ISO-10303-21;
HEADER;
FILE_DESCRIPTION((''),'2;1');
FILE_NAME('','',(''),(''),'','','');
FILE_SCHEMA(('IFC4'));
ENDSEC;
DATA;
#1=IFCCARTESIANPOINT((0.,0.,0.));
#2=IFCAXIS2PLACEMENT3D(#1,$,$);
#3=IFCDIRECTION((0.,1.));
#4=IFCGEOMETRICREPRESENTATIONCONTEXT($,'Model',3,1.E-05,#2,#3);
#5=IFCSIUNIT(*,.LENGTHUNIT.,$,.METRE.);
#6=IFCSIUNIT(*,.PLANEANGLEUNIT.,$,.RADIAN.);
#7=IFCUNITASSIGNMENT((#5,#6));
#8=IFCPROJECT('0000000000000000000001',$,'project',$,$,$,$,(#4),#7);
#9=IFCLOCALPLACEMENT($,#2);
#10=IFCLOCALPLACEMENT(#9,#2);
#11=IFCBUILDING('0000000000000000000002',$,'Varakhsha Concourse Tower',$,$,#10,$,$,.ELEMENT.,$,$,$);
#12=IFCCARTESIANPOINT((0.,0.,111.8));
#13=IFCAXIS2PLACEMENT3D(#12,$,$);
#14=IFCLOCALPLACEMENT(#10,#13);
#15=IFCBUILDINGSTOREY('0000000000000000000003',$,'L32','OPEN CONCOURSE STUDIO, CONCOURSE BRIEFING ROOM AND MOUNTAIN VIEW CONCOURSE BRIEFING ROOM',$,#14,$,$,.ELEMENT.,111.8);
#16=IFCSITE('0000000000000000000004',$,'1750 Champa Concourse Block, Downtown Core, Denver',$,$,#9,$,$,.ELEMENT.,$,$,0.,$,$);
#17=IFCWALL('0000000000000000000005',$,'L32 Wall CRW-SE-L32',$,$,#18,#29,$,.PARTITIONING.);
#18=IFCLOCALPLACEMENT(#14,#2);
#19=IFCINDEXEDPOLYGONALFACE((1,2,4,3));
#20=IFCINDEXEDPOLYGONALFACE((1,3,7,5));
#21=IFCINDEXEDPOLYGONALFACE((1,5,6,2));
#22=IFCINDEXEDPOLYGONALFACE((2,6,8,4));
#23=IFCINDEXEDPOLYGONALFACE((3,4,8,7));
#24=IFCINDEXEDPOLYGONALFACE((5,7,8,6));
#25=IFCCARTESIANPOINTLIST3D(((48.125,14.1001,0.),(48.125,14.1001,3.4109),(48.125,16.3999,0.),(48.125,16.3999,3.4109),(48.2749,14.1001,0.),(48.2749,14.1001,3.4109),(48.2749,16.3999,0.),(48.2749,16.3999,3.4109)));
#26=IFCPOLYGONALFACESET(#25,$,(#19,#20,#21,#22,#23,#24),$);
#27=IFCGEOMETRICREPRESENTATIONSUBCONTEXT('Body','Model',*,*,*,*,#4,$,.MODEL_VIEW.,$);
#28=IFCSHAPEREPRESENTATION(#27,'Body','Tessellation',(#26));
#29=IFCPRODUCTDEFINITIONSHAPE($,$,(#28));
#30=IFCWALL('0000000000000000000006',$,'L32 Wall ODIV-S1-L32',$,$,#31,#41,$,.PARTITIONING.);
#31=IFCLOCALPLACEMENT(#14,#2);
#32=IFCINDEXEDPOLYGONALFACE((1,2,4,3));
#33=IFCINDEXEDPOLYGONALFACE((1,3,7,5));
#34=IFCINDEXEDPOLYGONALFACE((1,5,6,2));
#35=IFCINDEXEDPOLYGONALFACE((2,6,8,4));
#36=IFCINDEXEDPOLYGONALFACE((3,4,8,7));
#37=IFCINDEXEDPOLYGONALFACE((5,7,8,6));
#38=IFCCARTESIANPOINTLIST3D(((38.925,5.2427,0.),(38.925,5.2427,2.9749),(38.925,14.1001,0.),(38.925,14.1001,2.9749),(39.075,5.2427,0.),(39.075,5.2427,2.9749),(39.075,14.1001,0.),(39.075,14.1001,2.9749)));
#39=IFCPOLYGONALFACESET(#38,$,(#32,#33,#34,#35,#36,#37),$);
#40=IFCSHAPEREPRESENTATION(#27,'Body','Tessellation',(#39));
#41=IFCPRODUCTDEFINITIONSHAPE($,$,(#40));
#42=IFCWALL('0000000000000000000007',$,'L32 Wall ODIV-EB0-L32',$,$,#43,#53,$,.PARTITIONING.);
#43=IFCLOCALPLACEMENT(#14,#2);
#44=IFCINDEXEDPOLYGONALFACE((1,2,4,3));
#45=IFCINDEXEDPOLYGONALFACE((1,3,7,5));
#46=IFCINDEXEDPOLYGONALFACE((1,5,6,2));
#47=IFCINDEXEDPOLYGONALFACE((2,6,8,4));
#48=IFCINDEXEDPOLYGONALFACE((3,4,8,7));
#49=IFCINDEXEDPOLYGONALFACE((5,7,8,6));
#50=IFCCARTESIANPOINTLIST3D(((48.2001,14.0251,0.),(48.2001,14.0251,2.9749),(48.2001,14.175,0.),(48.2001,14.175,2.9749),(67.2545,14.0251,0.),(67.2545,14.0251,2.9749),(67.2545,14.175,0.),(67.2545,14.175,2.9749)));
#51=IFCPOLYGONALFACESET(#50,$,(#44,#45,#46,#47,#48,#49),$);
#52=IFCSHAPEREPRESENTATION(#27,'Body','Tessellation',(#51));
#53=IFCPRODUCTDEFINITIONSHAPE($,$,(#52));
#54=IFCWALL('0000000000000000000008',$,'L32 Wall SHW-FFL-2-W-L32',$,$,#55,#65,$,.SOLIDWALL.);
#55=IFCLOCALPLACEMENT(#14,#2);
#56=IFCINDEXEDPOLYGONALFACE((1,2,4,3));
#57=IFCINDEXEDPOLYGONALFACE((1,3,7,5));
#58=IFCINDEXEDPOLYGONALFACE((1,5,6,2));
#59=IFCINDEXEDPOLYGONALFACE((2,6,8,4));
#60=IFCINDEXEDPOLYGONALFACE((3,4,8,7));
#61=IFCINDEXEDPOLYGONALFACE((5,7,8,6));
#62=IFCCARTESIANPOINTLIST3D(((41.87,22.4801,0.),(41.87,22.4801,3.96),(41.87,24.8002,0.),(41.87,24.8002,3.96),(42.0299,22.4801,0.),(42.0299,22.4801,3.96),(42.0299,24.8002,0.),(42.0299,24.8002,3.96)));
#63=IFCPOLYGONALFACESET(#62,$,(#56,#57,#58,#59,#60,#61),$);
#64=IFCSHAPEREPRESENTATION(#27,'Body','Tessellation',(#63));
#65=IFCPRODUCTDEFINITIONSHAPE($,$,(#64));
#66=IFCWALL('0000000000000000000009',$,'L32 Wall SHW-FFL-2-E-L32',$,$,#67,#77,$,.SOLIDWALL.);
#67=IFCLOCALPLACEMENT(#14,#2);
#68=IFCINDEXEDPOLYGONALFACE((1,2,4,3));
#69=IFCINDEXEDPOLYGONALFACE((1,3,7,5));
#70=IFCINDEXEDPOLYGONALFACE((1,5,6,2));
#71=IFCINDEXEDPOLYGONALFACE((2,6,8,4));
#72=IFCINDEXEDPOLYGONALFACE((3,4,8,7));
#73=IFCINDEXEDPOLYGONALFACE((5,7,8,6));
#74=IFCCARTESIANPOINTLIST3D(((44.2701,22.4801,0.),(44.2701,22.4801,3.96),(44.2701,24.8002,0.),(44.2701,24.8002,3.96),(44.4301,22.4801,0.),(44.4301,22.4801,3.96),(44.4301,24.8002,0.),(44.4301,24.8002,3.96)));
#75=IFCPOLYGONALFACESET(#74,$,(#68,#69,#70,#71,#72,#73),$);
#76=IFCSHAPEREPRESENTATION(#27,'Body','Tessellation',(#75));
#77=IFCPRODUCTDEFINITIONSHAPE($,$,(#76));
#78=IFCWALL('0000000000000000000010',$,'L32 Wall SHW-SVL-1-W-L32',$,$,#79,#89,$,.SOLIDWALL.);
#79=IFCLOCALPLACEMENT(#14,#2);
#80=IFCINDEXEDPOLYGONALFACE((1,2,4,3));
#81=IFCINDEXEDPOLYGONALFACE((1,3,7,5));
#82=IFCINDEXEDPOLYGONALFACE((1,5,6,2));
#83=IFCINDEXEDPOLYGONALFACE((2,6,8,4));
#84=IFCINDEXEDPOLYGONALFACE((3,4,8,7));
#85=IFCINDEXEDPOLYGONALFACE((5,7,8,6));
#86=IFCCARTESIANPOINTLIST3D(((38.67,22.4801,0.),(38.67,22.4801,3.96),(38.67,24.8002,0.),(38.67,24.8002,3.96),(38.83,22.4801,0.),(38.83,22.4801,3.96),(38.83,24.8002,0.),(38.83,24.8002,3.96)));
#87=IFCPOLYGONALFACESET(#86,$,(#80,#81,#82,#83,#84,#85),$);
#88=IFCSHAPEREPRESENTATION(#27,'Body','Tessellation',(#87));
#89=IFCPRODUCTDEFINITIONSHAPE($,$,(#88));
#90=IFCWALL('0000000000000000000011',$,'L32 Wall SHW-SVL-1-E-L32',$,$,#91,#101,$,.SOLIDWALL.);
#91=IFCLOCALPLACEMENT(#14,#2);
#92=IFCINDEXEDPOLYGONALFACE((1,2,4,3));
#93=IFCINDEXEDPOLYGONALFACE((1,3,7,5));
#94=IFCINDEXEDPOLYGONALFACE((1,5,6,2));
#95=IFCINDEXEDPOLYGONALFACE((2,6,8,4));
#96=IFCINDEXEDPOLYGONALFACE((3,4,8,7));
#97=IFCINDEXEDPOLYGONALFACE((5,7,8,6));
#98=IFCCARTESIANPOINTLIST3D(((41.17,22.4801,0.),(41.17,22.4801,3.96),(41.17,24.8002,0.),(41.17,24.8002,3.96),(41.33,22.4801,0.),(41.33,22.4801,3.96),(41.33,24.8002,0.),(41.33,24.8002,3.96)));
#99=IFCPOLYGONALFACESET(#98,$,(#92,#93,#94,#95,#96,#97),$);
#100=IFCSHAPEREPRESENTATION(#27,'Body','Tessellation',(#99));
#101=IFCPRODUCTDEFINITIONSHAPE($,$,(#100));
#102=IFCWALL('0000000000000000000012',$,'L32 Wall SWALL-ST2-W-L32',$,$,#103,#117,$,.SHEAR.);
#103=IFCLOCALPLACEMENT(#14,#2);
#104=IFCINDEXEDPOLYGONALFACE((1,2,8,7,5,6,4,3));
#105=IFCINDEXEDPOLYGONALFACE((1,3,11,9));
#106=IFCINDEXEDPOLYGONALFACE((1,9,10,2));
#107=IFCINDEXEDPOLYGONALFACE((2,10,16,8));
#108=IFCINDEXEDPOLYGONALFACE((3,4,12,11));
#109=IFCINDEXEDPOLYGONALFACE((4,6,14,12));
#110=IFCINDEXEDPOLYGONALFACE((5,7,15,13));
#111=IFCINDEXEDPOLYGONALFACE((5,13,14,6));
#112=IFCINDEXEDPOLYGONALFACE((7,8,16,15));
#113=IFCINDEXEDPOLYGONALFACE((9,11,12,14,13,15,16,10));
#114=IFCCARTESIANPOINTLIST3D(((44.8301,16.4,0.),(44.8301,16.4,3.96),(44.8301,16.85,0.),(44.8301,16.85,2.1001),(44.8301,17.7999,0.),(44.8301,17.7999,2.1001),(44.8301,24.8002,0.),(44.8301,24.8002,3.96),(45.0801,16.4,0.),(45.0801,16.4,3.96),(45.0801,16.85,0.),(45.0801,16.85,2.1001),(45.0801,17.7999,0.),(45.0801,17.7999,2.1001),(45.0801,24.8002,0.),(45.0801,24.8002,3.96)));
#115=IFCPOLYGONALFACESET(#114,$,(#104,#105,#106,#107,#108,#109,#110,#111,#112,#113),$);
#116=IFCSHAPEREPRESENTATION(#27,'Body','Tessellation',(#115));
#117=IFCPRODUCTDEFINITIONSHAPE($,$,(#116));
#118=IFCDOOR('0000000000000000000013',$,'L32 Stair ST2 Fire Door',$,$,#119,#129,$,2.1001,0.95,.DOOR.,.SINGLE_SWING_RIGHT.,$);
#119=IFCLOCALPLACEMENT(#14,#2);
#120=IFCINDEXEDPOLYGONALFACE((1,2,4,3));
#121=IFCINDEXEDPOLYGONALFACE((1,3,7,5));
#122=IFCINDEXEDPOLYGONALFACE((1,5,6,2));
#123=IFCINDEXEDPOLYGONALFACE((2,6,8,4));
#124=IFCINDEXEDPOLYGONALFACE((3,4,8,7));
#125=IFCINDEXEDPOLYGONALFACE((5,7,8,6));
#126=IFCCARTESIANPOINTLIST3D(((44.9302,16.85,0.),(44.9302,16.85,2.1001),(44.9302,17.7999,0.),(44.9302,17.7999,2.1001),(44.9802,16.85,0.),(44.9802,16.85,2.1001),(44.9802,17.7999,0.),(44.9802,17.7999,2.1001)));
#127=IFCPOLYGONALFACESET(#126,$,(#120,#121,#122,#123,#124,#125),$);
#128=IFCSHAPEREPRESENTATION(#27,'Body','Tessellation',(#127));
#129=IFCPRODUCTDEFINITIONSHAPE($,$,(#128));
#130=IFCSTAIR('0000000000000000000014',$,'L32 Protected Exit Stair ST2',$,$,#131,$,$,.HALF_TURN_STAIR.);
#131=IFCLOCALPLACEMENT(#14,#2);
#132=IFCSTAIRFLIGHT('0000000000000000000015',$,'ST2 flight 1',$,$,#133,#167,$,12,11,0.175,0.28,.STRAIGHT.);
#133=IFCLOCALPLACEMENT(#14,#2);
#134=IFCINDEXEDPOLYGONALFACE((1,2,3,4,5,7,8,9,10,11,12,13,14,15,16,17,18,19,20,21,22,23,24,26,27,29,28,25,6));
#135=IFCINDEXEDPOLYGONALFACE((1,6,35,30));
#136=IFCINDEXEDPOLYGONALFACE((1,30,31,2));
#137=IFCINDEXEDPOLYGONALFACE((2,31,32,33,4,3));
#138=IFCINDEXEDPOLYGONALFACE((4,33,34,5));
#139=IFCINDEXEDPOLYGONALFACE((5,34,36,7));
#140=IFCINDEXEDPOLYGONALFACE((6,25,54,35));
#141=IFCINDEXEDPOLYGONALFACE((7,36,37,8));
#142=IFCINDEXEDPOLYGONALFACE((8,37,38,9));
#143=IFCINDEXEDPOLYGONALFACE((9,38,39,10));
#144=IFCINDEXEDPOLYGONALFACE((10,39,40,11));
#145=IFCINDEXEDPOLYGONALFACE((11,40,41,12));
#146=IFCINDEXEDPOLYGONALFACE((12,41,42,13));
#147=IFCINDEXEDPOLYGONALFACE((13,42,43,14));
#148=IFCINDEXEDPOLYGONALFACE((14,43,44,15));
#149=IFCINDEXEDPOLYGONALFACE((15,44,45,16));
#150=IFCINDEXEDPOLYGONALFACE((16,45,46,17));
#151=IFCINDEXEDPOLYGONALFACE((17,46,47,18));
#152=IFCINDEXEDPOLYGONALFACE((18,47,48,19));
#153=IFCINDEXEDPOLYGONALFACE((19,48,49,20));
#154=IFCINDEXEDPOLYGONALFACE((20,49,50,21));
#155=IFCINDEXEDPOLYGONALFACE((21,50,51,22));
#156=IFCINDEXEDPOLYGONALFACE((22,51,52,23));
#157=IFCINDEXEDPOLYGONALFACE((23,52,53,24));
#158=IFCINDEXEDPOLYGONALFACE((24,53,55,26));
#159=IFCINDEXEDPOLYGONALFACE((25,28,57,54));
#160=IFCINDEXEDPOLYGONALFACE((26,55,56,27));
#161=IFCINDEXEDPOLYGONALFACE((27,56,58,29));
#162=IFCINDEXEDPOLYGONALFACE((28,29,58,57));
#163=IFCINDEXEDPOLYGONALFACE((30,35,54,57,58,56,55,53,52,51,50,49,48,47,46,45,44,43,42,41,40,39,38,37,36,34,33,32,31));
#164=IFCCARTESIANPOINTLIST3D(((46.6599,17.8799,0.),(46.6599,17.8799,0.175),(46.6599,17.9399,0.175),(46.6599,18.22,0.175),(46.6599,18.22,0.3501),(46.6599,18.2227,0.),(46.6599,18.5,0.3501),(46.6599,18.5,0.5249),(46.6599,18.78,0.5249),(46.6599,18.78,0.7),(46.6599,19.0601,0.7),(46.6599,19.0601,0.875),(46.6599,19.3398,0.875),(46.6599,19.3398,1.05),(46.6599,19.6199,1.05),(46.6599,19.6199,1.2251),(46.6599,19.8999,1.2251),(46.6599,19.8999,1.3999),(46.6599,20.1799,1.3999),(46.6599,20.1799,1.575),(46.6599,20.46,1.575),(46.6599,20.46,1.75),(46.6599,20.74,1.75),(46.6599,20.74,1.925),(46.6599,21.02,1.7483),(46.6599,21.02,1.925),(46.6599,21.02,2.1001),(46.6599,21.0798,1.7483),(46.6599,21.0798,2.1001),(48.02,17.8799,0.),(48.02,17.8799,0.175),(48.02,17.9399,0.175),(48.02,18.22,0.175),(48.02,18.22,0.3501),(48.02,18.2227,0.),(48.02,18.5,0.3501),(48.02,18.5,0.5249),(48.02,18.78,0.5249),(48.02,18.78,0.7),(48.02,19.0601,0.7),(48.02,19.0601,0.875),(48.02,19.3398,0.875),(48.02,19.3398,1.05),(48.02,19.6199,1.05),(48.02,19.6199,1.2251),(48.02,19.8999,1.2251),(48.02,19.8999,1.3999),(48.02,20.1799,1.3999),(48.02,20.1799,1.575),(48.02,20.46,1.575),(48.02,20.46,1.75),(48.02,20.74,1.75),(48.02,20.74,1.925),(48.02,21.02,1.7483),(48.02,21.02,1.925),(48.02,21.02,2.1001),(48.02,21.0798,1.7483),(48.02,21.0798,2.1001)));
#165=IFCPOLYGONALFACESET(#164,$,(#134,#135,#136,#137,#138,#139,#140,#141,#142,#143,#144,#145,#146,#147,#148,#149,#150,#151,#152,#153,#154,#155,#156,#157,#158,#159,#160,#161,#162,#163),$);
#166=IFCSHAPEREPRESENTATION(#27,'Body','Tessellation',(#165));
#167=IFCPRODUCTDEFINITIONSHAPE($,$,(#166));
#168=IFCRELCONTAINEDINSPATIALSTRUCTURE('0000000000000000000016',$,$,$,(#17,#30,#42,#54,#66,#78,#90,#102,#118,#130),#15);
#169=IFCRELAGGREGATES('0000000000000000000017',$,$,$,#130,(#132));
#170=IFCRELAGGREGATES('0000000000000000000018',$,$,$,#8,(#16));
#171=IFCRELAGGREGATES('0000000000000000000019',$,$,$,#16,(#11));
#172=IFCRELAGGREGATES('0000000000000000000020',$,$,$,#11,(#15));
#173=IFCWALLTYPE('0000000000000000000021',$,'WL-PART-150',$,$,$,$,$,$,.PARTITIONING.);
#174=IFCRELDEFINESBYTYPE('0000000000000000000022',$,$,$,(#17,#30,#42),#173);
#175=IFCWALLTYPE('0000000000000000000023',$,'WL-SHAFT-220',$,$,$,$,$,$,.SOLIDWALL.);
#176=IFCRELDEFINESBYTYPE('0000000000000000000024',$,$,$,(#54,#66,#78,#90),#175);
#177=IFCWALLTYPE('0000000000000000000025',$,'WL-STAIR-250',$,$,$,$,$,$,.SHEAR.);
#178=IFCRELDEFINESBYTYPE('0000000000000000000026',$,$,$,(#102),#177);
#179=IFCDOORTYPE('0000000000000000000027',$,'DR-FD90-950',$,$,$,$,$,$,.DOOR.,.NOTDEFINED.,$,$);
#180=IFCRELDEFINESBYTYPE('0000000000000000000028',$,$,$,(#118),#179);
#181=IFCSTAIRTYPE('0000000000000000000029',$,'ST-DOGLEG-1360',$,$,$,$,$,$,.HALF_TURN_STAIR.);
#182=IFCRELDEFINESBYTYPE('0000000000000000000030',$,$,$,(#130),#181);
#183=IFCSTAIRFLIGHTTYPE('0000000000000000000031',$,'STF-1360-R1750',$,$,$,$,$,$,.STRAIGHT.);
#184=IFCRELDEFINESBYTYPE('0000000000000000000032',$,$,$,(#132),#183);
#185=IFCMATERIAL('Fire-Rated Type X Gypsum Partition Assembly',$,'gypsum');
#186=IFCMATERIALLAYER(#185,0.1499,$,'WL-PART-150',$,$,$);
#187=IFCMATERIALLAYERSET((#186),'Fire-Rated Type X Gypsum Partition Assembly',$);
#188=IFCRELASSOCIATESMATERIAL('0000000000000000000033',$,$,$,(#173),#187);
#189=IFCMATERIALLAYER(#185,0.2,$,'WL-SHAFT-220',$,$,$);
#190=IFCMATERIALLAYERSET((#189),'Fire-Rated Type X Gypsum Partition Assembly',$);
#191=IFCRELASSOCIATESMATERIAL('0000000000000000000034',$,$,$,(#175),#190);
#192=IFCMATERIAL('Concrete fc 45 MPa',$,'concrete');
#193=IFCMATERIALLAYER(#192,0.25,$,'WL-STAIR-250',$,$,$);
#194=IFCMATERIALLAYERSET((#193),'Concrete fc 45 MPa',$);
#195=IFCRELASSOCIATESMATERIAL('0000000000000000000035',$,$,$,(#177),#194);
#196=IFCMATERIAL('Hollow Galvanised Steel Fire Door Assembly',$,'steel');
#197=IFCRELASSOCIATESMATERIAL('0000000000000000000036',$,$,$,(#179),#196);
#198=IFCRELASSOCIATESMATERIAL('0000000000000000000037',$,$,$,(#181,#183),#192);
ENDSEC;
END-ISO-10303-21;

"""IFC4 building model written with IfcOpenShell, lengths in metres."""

from ifc_helpers import new_model, si_unit, direction, frame, frame_2d, origin, place, context, subcontext, project, spatial, polyline, rectangle, outline, extrude, material, layer, layer_set, type_object, element, fill, aggregate, save


model = new_model("IFC4")

# Units and contexts
model_context = context("Model", 3, precision=1e-05, world=origin(), true_north=direction((0.0, 1.0)))
body_context = subcontext(model_context, "Body", "Model", "MODEL_VIEW")
ifc_project = project(units=[si_unit("LENGTHUNIT", "METRE"), si_unit("PLANEANGLEUNIT", "RADIAN")], contexts=[model_context])

# Site, building, storey
site_placement = place(None, origin())
site = spatial("IfcSite", under=ifc_project, at=site_placement, Name="1750 Champa Concourse Block, Downtown Core, Denver", CompositionType="ELEMENT", RefElevation=0.0)
building_placement = place(site_placement, origin())
building = spatial("IfcBuilding", under=site, at=building_placement, Name="Varakhsha Concourse Tower", CompositionType="ELEMENT")
storey_placement = place(building_placement, frame((0.0, 0.0, 111.8)))
storey = spatial("IfcBuildingStorey", under=building, at=storey_placement, Name="L32", Description="OPEN CONCOURSE STUDIO, CONCOURSE BRIEFING ROOM AND MOUNTAIN VIEW CONCOURSE BRIEFING ROOM", CompositionType="ELEMENT", Elevation=111.8)

# Shared definitions
ifc_material_1 = material(Name="Fire-Rated Type X Gypsum Partition Assembly", Category="gypsum")
ifc_material_2 = material(Name="Hollow Galvanised Steel Fire Door Assembly", Category="steel")

# Walls
ifc_layer_1 = layer(ifc_material_1, 0.1499, Name="WL-PART-150")
ifc_layer_set_1 = layer_set([ifc_layer_1], Name="Fire-Rated Type X Gypsum Partition Assembly")
wall_type_1 = type_object("IfcWallType", Name="WL-PART-150", PredefinedType="PARTITIONING", material=ifc_layer_set_1)
wall_1_placement = place(storey_placement, frame((48.2, 14.1001, 0.0), z_axis=(0.0, 0.0, 1.0), x_axis=(0.0, 1.0, 0.0)))
element("IfcWall", 1, at=wall_1_placement, inside=storey, type_object=wall_type_1, Name="L32 Wall CRW-SE-L32", PredefinedType="PARTITIONING", context=body_context, shape_type="SweptSolid", body=[
    extrude(rectangle(XDim=2.2998, YDim=0.1499, at=frame_2d((1.1499, 0.0))), origin(), (0.0, 0.0, 1.0), 3.4109),
])
wall_2_placement = place(storey_placement, frame((39.0, 5.2427, 0.0), z_axis=(0.0, 0.0, 1.0), x_axis=(0.0, 1.0, 0.0)))
element("IfcWall", 2, at=wall_2_placement, inside=storey, type_object=wall_type_1, Name="L32 Wall ODIV-S1-L32", PredefinedType="PARTITIONING", context=body_context, shape_type="SweptSolid", body=[
    extrude(rectangle(XDim=8.8574, YDim=0.1499, at=frame_2d((4.4287, 0.0))), origin(), (0.0, 0.0, 1.0), 2.9749),
])
wall_3_placement = place(storey_placement, frame((48.2, 14.1001, 0.0), z_axis=(0.0, 0.0, 1.0), x_axis=(1.0, 0.0, 0.0)))
element("IfcWall", 3, at=wall_3_placement, inside=storey, type_object=wall_type_1, Name="L32 Wall ODIV-EB0-L32", PredefinedType="PARTITIONING", context=body_context, shape_type="SweptSolid", body=[
    extrude(rectangle(XDim=19.0544, YDim=0.1499, at=frame_2d((9.5273, 0.0))), origin(), (0.0, 0.0, 1.0), 2.9749),
])
ifc_layer_2 = layer(ifc_material_1, 0.2, Name="WL-SHAFT-220")
ifc_layer_set_2 = layer_set([ifc_layer_2], Name="Fire-Rated Type X Gypsum Partition Assembly")
wall_type_2 = type_object("IfcWallType", Name="WL-SHAFT-220", PredefinedType="SOLIDWALL", material=ifc_layer_set_2)
for number, where, z_axis, x_axis, name in (
    (4, (41.95, 22.48, 0.0), (0.0, 0.0, 1.0), (0.0, 1.0, 0.0), "L32 Wall SHW-FFL-2-W-L32"),
    (5, (44.3501, 22.48, 0.0), (0.0, 0.0, 1.0), (0.0, 1.0, 0.0), "L32 Wall SHW-FFL-2-E-L32"),
    (6, (38.75, 22.48, 0.0), (0.0, 0.0, 1.0), (0.0, 1.0, 0.0), "L32 Wall SHW-SVL-1-W-L32"),
    (7, (41.25, 22.48, 0.0), (0.0, 0.0, 1.0), (0.0, 1.0, 0.0), "L32 Wall SHW-SVL-1-E-L32"),
):
    element("IfcWall", number, at=place(storey_placement, frame(where, z_axis=z_axis, x_axis=x_axis)), inside=storey, type_object=wall_type_2, Name=name, PredefinedType="SOLIDWALL", context=body_context, shape_type="SweptSolid", body=[
        extrude(rectangle(XDim=2.3201, YDim=0.1599, at=frame_2d((1.1602, 0.0))), origin(), (0.0, 0.0, 1.0), 3.96),
    ])

# Wall, opening, door
ifc_material_3 = material(Name="Concrete fc 45 MPa", Category="concrete")
ifc_layer_3 = layer(ifc_material_3, 0.25, Name="WL-STAIR-250")
ifc_layer_set_3 = layer_set([ifc_layer_3], Name="Concrete fc 45 MPa")
wall_type_3 = type_object("IfcWallType", Name="WL-STAIR-250", PredefinedType="SHEAR", material=ifc_layer_set_3)
wall_4_placement = place(storey_placement, frame((44.9551, 16.3999, 0.0), z_axis=(0.0, 0.0, 1.0), x_axis=(0.0, 1.0, 0.0)))
wall_4 = element("IfcWall", 8, at=wall_4_placement, inside=storey, type_object=wall_type_3, Name="L32 Wall SWALL-ST2-W-L32", PredefinedType="SHEAR", context=body_context, shape_type="SweptSolid", body=[
    extrude(rectangle(XDim=8.4001, YDim=0.25, at=frame_2d((4.2002, 0.0))), origin(), (0.0, 0.0, 1.0), 3.96),
])
opening_1_placement = place(wall_4_placement, frame((0.45, 0.0, 0.0)))
opening_1 = element("IfcOpeningElement", 9, at=opening_1_placement, cuts=wall_4, PredefinedType="OPENING", context=body_context, shape_type="SweptSolid", body=[
    extrude(rectangle(XDim=0.95, YDim=2.1001, at=frame_2d((0.4751, 1.05))), frame((0.0, 0.135, 0.0), z_axis=(0.0, -1.0, 0.0), x_axis=(1.0, 0.0, 0.0)), (0.0, 0.0, 1.0), 0.27),
])
door_type_1 = type_object("IfcDoorType", Name="DR-FD90-950", OperationType="NOTDEFINED", PredefinedType="DOOR", material=ifc_material_2)
door_1_placement = place(opening_1_placement, origin())
door_1 = element("IfcDoor", 10, at=door_1_placement, inside=storey, type_object=door_type_1, Name="L32 Stair ST2 Fire Door", OperationType="SINGLE_SWING_RIGHT", OverallHeight=2.1001, OverallWidth=0.95, PredefinedType="DOOR", context=body_context, shape_type="SweptSolid", body=[
    extrude(rectangle(XDim=0.95, YDim=2.1001, at=frame_2d((0.4751, 1.05))), frame((0.0, 0.0249, 0.0), z_axis=(0.0, -1.0, 0.0), x_axis=(1.0, 0.0, 0.0)), (0.0, 0.0, 1.0), 0.05),
])
fill(opening_1, door_1)

# Stair, stair flight
stair_type = type_object("IfcStairType", Name="ST-DOGLEG-1360", PredefinedType="HALF_TURN_STAIR", material=ifc_material_3)
stair_placement = place(storey_placement, origin())
stair = element("IfcStair", 11, at=stair_placement, inside=storey, type_object=stair_type, Name="L32 Protected Exit Stair ST2", PredefinedType="HALF_TURN_STAIR")
stair_flight_type = type_object("IfcStairFlightType", Name="STF-1360-R1750", PredefinedType="STRAIGHT", material=ifc_material_3)
stair_flight_1_placement = place(storey_placement, frame((47.3401, 17.9399, 0.0), z_axis=(0.0, 0.0, 1.0), x_axis=(0.0, 1.0, 0.0)))
stair_flight_1 = element("IfcStairFlight", 12, at=stair_flight_1_placement, type_object=stair_flight_type, Name="ST2 flight 1", NumberOfRisers=12, NumberOfTreads=11, PredefinedType="STRAIGHT", RiserHeight=0.175, TreadLength=0.28, context=body_context, shape_type="SweptSolid", body=[
    extrude(outline(polyline([(-0.0601, 0.0), (-0.0601, 0.175), (0.0, 0.175), (0.28, 0.175), (0.28, 0.3501), (0.5601, 0.3501), (0.5601, 0.5249), (0.8401, 0.5249), (0.8401, 0.7), (1.1201, 0.7), (1.1201, 0.875), (1.3999, 0.875), (1.3999, 1.05), (1.6799, 1.05), (1.6799, 1.2251), (1.96, 1.2251), (1.96, 1.3999), (2.24, 1.3999), (2.24, 1.575), (2.52, 1.575), (2.52, 1.75), (2.8, 1.75), (2.8, 1.925), (3.0801, 1.925), (3.0801, 2.1001), (3.1399, 2.1001), (3.1399, 1.7483), (3.0801, 1.7483), (0.2827, 0.0), (-0.0601, 0.0)])), frame((0.0, 0.6802, 0.0), z_axis=(0.0, -1.0, 0.0), x_axis=(1.0, 0.0, 0.0)), (0.0, 0.0, 1.0), 1.3601),
])
aggregate(stair, [stair_flight_1])

save(model, "model.ifc")
